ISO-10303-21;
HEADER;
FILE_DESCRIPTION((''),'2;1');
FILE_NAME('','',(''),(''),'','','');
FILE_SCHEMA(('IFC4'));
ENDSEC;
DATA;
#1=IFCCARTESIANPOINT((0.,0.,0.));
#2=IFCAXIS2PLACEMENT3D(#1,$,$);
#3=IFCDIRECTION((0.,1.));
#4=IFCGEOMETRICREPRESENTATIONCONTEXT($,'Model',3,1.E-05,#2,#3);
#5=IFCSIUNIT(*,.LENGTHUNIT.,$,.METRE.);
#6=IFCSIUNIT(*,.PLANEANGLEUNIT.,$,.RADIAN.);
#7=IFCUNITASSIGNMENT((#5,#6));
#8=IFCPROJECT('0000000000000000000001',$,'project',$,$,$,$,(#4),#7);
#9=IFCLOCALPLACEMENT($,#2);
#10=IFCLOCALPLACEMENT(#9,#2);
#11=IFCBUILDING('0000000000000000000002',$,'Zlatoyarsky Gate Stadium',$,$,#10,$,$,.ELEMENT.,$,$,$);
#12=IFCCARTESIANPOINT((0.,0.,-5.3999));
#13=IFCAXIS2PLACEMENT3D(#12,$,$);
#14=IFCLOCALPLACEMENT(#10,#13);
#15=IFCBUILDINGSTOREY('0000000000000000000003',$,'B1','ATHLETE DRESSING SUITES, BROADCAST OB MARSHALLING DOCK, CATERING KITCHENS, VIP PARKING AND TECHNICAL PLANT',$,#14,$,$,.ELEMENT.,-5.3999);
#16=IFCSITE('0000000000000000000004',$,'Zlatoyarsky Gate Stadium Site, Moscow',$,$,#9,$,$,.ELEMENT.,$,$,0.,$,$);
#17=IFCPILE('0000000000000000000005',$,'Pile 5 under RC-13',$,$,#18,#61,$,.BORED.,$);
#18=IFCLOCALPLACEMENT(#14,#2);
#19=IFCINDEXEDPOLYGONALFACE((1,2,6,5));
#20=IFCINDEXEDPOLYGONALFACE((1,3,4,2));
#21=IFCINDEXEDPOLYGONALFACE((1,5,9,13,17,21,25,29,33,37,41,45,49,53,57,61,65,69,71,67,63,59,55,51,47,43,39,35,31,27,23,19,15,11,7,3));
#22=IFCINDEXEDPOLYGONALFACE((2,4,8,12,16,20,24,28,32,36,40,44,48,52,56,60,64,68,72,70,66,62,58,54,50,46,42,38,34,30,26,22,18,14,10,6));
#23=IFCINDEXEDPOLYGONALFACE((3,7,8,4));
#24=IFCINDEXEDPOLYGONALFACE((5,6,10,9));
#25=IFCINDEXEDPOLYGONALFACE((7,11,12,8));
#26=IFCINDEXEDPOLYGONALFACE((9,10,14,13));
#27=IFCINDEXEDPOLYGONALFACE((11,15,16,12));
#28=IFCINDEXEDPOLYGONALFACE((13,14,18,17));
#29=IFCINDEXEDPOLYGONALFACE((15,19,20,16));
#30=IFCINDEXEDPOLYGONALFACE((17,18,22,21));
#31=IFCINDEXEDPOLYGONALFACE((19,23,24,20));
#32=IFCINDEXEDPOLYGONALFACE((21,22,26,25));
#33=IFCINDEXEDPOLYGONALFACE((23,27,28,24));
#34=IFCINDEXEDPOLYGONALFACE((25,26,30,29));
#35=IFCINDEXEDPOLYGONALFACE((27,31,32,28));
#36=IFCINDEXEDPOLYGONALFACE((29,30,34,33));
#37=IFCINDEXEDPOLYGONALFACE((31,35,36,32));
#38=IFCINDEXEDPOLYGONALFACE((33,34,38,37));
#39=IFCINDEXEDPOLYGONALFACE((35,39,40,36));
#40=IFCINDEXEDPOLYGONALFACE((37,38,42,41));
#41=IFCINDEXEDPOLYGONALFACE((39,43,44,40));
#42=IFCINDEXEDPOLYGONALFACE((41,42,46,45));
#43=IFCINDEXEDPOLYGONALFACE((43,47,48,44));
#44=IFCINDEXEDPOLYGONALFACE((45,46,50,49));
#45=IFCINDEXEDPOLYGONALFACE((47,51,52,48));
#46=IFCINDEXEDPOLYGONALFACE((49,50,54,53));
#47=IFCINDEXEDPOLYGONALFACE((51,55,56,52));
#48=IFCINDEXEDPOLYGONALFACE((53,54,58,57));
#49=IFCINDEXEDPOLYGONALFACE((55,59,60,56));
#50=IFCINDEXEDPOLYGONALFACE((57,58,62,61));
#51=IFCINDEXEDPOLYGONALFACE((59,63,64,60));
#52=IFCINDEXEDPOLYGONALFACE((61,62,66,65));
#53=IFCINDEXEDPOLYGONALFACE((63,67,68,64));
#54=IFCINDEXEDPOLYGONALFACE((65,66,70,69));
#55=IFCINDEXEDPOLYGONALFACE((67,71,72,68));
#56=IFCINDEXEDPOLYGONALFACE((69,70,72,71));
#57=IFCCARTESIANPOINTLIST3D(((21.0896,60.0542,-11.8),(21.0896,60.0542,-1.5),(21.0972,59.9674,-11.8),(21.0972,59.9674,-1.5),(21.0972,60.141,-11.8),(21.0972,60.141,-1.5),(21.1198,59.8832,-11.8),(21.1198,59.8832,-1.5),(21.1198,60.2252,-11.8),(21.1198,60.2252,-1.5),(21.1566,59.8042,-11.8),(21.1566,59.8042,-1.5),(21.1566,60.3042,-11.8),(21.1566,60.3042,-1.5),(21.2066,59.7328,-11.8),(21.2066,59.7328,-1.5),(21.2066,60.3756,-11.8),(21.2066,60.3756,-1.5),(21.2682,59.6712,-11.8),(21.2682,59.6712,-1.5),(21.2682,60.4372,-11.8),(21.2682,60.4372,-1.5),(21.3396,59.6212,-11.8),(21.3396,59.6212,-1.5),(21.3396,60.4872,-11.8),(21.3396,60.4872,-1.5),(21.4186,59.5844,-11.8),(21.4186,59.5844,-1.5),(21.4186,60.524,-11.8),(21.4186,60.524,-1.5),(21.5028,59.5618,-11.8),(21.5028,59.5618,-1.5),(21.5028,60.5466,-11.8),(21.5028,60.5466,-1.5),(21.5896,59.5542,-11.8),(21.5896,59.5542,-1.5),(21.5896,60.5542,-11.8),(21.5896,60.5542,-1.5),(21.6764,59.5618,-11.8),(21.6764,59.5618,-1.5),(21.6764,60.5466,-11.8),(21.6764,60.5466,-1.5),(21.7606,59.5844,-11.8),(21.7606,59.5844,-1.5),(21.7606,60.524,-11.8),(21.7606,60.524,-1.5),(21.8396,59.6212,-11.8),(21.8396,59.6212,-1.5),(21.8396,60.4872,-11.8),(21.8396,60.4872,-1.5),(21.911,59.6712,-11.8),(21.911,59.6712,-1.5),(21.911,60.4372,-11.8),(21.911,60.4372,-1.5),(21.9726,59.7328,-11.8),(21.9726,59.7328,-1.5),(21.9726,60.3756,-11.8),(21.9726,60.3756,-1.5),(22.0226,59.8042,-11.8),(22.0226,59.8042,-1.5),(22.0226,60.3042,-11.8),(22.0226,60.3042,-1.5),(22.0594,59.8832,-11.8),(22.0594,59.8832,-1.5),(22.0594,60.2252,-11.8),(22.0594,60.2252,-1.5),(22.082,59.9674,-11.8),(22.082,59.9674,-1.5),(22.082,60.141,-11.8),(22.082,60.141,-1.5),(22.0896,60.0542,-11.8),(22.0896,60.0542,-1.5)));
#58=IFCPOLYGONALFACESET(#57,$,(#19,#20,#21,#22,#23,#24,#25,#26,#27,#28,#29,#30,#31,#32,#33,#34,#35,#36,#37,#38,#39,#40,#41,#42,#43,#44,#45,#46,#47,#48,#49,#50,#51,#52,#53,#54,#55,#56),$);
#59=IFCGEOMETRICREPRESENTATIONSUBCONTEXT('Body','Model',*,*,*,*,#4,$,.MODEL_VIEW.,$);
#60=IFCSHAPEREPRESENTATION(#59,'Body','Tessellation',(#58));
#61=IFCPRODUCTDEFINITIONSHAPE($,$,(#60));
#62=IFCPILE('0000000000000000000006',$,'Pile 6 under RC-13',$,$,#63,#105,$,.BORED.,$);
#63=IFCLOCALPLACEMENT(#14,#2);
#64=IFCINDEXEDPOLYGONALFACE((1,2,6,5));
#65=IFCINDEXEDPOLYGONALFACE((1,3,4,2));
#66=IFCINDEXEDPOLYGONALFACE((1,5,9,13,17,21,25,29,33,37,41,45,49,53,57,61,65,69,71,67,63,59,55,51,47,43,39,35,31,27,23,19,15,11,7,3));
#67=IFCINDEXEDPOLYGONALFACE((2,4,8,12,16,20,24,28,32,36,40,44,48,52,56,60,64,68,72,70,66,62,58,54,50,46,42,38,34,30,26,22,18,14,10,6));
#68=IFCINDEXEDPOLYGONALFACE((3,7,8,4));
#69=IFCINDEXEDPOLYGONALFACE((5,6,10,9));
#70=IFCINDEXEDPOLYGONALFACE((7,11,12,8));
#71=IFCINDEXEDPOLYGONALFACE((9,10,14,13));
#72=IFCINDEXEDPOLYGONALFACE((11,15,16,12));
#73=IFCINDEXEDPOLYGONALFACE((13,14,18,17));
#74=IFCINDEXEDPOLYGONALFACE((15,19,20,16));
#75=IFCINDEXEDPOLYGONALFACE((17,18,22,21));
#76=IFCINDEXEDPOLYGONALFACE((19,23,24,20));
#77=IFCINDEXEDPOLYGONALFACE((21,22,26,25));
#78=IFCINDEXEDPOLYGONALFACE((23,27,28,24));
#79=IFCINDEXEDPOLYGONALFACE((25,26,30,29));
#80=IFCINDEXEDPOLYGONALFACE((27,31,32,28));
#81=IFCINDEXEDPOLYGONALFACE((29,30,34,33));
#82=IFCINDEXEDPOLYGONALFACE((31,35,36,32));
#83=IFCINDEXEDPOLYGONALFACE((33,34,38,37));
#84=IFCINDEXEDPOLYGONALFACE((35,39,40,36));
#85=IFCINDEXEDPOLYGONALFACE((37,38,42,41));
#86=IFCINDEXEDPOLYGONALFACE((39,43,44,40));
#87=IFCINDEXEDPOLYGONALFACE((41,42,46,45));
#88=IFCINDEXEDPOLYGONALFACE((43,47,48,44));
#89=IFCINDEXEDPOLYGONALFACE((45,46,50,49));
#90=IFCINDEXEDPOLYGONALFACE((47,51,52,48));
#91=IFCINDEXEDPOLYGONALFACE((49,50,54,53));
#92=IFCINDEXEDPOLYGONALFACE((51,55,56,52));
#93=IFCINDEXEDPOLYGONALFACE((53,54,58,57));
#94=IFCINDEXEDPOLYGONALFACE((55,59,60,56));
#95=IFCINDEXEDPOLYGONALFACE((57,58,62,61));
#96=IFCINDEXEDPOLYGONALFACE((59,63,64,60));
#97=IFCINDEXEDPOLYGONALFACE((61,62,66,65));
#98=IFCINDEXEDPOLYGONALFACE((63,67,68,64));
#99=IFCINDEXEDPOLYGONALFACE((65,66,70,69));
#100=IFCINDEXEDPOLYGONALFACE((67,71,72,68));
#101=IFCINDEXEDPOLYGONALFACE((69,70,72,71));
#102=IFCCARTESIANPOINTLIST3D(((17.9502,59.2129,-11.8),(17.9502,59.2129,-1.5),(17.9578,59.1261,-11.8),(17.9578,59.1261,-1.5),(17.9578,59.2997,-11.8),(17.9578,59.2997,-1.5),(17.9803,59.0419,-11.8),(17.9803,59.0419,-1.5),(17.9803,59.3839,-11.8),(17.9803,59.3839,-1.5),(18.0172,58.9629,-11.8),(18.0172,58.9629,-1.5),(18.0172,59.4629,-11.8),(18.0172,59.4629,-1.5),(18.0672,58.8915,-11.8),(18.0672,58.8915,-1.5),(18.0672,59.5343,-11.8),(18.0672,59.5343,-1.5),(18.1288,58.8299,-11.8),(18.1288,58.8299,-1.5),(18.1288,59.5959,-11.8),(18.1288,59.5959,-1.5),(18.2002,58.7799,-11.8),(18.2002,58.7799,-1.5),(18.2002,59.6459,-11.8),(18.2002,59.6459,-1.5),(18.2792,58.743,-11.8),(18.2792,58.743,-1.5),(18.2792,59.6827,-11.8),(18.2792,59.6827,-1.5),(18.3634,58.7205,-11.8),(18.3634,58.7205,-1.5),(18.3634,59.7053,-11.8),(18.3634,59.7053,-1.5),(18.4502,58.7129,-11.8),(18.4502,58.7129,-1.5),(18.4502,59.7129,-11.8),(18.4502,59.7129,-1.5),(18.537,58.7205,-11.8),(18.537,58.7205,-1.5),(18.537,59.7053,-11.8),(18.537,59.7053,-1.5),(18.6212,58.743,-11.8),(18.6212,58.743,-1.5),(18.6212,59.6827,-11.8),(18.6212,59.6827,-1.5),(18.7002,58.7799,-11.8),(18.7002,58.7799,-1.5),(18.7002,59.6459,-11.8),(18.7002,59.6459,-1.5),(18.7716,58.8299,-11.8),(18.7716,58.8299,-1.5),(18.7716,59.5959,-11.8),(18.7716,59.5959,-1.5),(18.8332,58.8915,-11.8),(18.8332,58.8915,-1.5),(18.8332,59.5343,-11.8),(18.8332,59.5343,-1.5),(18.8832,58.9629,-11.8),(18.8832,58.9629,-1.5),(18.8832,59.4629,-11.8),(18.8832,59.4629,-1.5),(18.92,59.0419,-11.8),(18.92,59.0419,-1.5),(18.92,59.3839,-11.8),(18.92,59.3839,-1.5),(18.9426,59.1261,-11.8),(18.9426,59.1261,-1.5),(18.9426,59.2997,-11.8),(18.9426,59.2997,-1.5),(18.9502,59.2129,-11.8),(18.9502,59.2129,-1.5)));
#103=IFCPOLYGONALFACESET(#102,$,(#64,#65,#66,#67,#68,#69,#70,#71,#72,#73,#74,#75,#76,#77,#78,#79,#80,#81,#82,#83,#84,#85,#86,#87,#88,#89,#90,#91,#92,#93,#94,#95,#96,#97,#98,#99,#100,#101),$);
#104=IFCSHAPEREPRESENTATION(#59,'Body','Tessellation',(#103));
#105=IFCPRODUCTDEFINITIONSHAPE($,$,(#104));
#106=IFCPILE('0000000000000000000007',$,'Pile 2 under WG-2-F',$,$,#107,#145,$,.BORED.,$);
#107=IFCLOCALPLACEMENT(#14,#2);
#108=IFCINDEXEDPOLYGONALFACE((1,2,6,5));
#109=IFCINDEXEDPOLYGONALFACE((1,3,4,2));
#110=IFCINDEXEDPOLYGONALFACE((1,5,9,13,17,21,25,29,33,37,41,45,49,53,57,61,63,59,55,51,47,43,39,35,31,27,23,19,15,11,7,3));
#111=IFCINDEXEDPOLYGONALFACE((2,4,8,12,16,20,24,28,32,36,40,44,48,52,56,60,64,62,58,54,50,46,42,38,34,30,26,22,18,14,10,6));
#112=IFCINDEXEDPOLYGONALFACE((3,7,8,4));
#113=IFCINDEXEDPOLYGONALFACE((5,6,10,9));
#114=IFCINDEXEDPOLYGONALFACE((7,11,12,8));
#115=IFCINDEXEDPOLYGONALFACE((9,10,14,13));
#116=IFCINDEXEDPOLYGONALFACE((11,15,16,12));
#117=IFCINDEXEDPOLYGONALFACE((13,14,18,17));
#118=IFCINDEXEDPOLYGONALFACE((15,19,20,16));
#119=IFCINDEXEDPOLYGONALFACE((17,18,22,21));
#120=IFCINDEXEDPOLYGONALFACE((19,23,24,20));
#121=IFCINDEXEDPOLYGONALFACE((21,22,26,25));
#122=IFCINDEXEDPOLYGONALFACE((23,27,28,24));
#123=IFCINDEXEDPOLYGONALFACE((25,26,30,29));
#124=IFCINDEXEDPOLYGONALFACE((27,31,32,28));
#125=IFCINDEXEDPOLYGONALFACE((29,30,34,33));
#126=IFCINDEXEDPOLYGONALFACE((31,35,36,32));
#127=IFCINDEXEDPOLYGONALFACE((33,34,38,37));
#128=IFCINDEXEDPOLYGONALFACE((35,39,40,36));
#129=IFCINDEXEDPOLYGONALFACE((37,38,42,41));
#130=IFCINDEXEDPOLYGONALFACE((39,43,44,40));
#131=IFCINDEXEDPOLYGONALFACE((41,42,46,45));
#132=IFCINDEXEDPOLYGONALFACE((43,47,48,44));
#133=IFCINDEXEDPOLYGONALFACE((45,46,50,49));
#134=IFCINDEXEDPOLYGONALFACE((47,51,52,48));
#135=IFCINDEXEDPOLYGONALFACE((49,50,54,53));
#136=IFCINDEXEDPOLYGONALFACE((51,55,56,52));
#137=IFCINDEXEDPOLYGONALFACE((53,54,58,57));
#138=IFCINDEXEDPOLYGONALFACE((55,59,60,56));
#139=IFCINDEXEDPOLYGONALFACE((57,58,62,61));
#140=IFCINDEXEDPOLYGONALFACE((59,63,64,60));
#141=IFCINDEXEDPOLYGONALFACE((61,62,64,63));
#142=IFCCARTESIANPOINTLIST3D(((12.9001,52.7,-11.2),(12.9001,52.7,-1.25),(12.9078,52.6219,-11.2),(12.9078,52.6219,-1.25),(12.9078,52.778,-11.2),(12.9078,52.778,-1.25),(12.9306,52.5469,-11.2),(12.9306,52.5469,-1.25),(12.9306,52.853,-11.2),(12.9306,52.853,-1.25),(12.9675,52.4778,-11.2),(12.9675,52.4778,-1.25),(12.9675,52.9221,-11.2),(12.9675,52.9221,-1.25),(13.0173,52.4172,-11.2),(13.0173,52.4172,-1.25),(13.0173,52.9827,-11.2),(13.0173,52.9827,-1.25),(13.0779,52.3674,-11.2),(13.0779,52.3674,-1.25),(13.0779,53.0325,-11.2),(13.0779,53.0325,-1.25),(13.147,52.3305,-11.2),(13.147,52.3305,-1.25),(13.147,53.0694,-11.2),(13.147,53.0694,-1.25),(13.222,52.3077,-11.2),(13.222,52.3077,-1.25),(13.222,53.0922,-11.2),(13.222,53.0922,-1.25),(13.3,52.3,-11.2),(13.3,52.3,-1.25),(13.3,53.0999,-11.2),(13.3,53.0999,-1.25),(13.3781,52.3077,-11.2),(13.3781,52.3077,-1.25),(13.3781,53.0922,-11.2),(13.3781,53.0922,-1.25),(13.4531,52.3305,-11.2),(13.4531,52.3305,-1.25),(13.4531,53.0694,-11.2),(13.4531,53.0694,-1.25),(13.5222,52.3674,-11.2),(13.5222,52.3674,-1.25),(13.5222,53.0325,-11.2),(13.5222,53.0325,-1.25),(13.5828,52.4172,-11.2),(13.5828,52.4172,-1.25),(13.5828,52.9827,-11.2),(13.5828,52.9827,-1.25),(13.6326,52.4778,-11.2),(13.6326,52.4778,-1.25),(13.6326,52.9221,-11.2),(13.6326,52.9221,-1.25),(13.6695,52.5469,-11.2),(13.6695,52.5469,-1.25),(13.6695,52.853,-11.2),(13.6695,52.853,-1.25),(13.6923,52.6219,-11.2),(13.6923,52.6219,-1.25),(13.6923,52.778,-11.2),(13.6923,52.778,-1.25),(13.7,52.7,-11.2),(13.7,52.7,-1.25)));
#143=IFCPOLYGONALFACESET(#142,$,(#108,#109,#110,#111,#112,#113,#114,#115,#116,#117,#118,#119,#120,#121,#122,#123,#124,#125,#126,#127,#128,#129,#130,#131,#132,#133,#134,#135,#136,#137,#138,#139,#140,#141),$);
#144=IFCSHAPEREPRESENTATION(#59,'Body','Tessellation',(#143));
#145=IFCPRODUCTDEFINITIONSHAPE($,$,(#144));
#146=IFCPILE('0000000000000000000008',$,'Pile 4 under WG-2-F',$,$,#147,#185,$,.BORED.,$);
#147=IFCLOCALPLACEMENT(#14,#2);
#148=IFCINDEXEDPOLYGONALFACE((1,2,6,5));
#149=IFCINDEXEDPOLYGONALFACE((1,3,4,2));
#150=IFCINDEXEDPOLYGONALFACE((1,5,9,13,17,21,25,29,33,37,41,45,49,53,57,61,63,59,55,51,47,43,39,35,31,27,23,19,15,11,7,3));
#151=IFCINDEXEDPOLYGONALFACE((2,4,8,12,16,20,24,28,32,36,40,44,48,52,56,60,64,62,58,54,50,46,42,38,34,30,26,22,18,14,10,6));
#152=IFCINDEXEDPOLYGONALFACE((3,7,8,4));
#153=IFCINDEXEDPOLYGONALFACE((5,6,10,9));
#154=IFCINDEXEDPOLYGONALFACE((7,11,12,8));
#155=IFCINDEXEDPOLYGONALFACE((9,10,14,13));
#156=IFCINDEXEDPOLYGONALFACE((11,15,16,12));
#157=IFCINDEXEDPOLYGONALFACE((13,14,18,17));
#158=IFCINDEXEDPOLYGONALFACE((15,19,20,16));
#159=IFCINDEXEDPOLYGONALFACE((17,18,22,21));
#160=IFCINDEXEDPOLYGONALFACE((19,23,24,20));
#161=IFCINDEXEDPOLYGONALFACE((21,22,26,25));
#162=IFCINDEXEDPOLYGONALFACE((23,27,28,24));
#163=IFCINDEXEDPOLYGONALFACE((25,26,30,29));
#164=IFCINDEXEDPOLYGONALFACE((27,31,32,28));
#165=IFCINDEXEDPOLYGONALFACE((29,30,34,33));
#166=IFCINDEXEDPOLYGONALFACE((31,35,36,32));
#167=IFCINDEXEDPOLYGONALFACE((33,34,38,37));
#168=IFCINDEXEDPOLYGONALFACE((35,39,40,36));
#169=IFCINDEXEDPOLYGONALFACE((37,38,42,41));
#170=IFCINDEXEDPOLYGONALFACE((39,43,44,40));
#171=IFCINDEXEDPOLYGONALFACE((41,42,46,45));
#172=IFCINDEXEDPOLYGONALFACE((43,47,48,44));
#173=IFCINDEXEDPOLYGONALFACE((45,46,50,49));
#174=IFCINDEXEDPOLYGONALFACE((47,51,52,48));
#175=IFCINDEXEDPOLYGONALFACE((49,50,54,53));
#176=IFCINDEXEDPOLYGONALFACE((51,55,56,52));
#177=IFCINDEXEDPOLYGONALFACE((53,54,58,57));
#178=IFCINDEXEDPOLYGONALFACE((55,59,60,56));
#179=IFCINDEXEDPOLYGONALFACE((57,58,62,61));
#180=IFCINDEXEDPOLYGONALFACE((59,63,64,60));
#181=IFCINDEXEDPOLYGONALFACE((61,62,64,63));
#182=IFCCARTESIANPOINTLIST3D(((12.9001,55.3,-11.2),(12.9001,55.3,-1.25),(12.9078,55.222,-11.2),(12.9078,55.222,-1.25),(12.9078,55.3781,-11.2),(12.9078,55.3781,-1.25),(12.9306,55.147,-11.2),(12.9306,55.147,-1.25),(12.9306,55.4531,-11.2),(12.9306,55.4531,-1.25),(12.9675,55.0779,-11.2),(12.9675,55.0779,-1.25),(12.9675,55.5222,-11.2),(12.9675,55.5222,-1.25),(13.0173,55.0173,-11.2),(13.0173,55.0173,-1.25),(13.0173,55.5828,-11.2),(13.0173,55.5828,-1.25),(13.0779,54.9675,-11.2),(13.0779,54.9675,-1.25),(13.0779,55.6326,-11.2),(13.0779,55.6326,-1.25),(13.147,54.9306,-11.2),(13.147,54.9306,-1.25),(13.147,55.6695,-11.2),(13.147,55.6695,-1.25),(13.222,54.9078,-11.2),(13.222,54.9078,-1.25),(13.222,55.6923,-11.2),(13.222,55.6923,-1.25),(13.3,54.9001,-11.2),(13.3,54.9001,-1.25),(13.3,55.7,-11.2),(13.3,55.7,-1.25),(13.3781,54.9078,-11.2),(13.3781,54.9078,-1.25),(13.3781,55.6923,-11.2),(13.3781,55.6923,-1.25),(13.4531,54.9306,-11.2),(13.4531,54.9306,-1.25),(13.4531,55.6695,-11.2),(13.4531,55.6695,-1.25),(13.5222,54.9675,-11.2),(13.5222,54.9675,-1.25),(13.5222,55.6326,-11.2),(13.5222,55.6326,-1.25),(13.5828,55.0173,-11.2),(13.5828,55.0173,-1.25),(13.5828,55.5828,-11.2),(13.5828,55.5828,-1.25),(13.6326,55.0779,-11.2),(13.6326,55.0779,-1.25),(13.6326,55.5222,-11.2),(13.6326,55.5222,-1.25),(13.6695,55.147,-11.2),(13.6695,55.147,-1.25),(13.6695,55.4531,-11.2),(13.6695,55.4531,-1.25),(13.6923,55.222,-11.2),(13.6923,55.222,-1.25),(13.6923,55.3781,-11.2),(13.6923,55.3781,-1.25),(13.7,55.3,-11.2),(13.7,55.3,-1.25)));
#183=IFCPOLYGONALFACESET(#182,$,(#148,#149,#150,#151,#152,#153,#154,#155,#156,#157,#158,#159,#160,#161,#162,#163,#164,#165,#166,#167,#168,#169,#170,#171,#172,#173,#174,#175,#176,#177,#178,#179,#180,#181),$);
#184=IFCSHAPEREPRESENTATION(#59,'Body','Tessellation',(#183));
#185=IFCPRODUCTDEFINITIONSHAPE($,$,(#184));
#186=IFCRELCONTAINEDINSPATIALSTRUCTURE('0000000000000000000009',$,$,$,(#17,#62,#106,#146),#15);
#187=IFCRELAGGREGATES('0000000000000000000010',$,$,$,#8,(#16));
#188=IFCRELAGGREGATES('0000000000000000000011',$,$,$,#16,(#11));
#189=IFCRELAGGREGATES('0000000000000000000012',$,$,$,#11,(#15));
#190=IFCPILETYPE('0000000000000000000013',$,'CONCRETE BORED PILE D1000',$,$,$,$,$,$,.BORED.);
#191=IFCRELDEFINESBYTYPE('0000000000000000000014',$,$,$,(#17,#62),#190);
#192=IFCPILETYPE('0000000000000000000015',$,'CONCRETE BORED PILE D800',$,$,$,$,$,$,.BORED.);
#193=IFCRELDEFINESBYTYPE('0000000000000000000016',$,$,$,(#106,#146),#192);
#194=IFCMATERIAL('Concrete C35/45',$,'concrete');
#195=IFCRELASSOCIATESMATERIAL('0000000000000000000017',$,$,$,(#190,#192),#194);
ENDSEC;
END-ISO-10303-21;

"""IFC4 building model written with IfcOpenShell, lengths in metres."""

from ifc_helpers import new_model, si_unit, direction, frame, origin, origin_2d, place, context, subcontext, project, spatial, circle, extrude, material, material_profile, profile_set, type_object, element, save


model = new_model("IFC4")

# Units and contexts
model_context = context("Model", 3, precision=1e-05, world=origin(), true_north=direction((0.0, 1.0)))
body_context = subcontext(model_context, "Body", "Model", "MODEL_VIEW")
ifc_project = project(units=[si_unit("LENGTHUNIT", "METRE"), si_unit("PLANEANGLEUNIT", "RADIAN")], contexts=[model_context])

# Site, building, storey
site_placement = place(None, origin())
site = spatial("IfcSite", under=ifc_project, at=site_placement, Name="Zlatoyarsky Gate Stadium Site, Moscow", CompositionType="ELEMENT", RefElevation=0.0)
building_placement = place(site_placement, origin())
building = spatial("IfcBuilding", under=site, at=building_placement, Name="Zlatoyarsky Gate Stadium", CompositionType="ELEMENT")
storey_placement = place(building_placement, frame((0.0, 0.0, -5.3999)))
storey = spatial("IfcBuildingStorey", under=building, at=storey_placement, Name="B1", Description="ATHLETE DRESSING SUITES, BROADCAST OB MARSHALLING DOCK, CATERING KITCHENS, VIP PARKING AND TECHNICAL PLANT", CompositionType="ELEMENT", Elevation=-5.3999)

# Piles
ifc_material_1 = material(Name="Concrete C35/45", Category="concrete")
ifc_material_profile_1 = material_profile(ifc_material_1, circle(Radius=0.5, at=origin_2d()), Name="BORED PILE D1000")
ifc_profile_set_1 = profile_set([ifc_material_profile_1], Name="Concrete C35/45")
pile_type_1 = type_object("IfcPileType", Name="CONCRETE BORED PILE D1000", PredefinedType="BORED", material=ifc_profile_set_1)
for number, where, z_axis, x_axis, name in (
    (1, (21.5896, 60.0542, -1.5), (0.0, 0.0, -1.0), (1.0, 0.0, 0.0), "Pile 5 under RC-13"),
    (2, (18.4502, 59.2129, -1.5), (0.0, 0.0, -1.0), (1.0, 0.0, 0.0), "Pile 6 under RC-13"),
):
    element("IfcPile", number, at=place(storey_placement, frame(where, z_axis=z_axis, x_axis=x_axis)), inside=storey, type_object=pile_type_1, Name=name, PredefinedType="BORED", context=body_context, shape_type="SweptSolid", body=[
        extrude(circle(Radius=0.5, at=origin_2d()), origin(), (0.0, 0.0, 1.0), 10.3),
    ])
ifc_material_profile_2 = material_profile(ifc_material_1, circle(Radius=0.3999, at=origin_2d()), Name="BORED PILE D800")
ifc_profile_set_2 = profile_set([ifc_material_profile_2], Name="Concrete C35/45")
pile_type_2 = type_object("IfcPileType", Name="CONCRETE BORED PILE D800", PredefinedType="BORED", material=ifc_profile_set_2)
for number, where, z_axis, x_axis, name in (
    (3, (13.3, 52.7, -1.25), (0.0, 0.0, -1.0), (1.0, 0.0, 0.0), "Pile 2 under WG-2-F"),
    (4, (13.3, 55.3, -1.25), (0.0, 0.0, -1.0), (1.0, 0.0, 0.0), "Pile 4 under WG-2-F"),
):
    element("IfcPile", number, at=place(storey_placement, frame(where, z_axis=z_axis, x_axis=x_axis)), inside=storey, type_object=pile_type_2, Name=name, PredefinedType="BORED", context=body_context, shape_type="SweptSolid", body=[
        extrude(circle(Radius=0.3999, at=origin_2d()), origin(), (0.0, 0.0, 1.0), 9.95),
    ])

save(model, "model.ifc")
